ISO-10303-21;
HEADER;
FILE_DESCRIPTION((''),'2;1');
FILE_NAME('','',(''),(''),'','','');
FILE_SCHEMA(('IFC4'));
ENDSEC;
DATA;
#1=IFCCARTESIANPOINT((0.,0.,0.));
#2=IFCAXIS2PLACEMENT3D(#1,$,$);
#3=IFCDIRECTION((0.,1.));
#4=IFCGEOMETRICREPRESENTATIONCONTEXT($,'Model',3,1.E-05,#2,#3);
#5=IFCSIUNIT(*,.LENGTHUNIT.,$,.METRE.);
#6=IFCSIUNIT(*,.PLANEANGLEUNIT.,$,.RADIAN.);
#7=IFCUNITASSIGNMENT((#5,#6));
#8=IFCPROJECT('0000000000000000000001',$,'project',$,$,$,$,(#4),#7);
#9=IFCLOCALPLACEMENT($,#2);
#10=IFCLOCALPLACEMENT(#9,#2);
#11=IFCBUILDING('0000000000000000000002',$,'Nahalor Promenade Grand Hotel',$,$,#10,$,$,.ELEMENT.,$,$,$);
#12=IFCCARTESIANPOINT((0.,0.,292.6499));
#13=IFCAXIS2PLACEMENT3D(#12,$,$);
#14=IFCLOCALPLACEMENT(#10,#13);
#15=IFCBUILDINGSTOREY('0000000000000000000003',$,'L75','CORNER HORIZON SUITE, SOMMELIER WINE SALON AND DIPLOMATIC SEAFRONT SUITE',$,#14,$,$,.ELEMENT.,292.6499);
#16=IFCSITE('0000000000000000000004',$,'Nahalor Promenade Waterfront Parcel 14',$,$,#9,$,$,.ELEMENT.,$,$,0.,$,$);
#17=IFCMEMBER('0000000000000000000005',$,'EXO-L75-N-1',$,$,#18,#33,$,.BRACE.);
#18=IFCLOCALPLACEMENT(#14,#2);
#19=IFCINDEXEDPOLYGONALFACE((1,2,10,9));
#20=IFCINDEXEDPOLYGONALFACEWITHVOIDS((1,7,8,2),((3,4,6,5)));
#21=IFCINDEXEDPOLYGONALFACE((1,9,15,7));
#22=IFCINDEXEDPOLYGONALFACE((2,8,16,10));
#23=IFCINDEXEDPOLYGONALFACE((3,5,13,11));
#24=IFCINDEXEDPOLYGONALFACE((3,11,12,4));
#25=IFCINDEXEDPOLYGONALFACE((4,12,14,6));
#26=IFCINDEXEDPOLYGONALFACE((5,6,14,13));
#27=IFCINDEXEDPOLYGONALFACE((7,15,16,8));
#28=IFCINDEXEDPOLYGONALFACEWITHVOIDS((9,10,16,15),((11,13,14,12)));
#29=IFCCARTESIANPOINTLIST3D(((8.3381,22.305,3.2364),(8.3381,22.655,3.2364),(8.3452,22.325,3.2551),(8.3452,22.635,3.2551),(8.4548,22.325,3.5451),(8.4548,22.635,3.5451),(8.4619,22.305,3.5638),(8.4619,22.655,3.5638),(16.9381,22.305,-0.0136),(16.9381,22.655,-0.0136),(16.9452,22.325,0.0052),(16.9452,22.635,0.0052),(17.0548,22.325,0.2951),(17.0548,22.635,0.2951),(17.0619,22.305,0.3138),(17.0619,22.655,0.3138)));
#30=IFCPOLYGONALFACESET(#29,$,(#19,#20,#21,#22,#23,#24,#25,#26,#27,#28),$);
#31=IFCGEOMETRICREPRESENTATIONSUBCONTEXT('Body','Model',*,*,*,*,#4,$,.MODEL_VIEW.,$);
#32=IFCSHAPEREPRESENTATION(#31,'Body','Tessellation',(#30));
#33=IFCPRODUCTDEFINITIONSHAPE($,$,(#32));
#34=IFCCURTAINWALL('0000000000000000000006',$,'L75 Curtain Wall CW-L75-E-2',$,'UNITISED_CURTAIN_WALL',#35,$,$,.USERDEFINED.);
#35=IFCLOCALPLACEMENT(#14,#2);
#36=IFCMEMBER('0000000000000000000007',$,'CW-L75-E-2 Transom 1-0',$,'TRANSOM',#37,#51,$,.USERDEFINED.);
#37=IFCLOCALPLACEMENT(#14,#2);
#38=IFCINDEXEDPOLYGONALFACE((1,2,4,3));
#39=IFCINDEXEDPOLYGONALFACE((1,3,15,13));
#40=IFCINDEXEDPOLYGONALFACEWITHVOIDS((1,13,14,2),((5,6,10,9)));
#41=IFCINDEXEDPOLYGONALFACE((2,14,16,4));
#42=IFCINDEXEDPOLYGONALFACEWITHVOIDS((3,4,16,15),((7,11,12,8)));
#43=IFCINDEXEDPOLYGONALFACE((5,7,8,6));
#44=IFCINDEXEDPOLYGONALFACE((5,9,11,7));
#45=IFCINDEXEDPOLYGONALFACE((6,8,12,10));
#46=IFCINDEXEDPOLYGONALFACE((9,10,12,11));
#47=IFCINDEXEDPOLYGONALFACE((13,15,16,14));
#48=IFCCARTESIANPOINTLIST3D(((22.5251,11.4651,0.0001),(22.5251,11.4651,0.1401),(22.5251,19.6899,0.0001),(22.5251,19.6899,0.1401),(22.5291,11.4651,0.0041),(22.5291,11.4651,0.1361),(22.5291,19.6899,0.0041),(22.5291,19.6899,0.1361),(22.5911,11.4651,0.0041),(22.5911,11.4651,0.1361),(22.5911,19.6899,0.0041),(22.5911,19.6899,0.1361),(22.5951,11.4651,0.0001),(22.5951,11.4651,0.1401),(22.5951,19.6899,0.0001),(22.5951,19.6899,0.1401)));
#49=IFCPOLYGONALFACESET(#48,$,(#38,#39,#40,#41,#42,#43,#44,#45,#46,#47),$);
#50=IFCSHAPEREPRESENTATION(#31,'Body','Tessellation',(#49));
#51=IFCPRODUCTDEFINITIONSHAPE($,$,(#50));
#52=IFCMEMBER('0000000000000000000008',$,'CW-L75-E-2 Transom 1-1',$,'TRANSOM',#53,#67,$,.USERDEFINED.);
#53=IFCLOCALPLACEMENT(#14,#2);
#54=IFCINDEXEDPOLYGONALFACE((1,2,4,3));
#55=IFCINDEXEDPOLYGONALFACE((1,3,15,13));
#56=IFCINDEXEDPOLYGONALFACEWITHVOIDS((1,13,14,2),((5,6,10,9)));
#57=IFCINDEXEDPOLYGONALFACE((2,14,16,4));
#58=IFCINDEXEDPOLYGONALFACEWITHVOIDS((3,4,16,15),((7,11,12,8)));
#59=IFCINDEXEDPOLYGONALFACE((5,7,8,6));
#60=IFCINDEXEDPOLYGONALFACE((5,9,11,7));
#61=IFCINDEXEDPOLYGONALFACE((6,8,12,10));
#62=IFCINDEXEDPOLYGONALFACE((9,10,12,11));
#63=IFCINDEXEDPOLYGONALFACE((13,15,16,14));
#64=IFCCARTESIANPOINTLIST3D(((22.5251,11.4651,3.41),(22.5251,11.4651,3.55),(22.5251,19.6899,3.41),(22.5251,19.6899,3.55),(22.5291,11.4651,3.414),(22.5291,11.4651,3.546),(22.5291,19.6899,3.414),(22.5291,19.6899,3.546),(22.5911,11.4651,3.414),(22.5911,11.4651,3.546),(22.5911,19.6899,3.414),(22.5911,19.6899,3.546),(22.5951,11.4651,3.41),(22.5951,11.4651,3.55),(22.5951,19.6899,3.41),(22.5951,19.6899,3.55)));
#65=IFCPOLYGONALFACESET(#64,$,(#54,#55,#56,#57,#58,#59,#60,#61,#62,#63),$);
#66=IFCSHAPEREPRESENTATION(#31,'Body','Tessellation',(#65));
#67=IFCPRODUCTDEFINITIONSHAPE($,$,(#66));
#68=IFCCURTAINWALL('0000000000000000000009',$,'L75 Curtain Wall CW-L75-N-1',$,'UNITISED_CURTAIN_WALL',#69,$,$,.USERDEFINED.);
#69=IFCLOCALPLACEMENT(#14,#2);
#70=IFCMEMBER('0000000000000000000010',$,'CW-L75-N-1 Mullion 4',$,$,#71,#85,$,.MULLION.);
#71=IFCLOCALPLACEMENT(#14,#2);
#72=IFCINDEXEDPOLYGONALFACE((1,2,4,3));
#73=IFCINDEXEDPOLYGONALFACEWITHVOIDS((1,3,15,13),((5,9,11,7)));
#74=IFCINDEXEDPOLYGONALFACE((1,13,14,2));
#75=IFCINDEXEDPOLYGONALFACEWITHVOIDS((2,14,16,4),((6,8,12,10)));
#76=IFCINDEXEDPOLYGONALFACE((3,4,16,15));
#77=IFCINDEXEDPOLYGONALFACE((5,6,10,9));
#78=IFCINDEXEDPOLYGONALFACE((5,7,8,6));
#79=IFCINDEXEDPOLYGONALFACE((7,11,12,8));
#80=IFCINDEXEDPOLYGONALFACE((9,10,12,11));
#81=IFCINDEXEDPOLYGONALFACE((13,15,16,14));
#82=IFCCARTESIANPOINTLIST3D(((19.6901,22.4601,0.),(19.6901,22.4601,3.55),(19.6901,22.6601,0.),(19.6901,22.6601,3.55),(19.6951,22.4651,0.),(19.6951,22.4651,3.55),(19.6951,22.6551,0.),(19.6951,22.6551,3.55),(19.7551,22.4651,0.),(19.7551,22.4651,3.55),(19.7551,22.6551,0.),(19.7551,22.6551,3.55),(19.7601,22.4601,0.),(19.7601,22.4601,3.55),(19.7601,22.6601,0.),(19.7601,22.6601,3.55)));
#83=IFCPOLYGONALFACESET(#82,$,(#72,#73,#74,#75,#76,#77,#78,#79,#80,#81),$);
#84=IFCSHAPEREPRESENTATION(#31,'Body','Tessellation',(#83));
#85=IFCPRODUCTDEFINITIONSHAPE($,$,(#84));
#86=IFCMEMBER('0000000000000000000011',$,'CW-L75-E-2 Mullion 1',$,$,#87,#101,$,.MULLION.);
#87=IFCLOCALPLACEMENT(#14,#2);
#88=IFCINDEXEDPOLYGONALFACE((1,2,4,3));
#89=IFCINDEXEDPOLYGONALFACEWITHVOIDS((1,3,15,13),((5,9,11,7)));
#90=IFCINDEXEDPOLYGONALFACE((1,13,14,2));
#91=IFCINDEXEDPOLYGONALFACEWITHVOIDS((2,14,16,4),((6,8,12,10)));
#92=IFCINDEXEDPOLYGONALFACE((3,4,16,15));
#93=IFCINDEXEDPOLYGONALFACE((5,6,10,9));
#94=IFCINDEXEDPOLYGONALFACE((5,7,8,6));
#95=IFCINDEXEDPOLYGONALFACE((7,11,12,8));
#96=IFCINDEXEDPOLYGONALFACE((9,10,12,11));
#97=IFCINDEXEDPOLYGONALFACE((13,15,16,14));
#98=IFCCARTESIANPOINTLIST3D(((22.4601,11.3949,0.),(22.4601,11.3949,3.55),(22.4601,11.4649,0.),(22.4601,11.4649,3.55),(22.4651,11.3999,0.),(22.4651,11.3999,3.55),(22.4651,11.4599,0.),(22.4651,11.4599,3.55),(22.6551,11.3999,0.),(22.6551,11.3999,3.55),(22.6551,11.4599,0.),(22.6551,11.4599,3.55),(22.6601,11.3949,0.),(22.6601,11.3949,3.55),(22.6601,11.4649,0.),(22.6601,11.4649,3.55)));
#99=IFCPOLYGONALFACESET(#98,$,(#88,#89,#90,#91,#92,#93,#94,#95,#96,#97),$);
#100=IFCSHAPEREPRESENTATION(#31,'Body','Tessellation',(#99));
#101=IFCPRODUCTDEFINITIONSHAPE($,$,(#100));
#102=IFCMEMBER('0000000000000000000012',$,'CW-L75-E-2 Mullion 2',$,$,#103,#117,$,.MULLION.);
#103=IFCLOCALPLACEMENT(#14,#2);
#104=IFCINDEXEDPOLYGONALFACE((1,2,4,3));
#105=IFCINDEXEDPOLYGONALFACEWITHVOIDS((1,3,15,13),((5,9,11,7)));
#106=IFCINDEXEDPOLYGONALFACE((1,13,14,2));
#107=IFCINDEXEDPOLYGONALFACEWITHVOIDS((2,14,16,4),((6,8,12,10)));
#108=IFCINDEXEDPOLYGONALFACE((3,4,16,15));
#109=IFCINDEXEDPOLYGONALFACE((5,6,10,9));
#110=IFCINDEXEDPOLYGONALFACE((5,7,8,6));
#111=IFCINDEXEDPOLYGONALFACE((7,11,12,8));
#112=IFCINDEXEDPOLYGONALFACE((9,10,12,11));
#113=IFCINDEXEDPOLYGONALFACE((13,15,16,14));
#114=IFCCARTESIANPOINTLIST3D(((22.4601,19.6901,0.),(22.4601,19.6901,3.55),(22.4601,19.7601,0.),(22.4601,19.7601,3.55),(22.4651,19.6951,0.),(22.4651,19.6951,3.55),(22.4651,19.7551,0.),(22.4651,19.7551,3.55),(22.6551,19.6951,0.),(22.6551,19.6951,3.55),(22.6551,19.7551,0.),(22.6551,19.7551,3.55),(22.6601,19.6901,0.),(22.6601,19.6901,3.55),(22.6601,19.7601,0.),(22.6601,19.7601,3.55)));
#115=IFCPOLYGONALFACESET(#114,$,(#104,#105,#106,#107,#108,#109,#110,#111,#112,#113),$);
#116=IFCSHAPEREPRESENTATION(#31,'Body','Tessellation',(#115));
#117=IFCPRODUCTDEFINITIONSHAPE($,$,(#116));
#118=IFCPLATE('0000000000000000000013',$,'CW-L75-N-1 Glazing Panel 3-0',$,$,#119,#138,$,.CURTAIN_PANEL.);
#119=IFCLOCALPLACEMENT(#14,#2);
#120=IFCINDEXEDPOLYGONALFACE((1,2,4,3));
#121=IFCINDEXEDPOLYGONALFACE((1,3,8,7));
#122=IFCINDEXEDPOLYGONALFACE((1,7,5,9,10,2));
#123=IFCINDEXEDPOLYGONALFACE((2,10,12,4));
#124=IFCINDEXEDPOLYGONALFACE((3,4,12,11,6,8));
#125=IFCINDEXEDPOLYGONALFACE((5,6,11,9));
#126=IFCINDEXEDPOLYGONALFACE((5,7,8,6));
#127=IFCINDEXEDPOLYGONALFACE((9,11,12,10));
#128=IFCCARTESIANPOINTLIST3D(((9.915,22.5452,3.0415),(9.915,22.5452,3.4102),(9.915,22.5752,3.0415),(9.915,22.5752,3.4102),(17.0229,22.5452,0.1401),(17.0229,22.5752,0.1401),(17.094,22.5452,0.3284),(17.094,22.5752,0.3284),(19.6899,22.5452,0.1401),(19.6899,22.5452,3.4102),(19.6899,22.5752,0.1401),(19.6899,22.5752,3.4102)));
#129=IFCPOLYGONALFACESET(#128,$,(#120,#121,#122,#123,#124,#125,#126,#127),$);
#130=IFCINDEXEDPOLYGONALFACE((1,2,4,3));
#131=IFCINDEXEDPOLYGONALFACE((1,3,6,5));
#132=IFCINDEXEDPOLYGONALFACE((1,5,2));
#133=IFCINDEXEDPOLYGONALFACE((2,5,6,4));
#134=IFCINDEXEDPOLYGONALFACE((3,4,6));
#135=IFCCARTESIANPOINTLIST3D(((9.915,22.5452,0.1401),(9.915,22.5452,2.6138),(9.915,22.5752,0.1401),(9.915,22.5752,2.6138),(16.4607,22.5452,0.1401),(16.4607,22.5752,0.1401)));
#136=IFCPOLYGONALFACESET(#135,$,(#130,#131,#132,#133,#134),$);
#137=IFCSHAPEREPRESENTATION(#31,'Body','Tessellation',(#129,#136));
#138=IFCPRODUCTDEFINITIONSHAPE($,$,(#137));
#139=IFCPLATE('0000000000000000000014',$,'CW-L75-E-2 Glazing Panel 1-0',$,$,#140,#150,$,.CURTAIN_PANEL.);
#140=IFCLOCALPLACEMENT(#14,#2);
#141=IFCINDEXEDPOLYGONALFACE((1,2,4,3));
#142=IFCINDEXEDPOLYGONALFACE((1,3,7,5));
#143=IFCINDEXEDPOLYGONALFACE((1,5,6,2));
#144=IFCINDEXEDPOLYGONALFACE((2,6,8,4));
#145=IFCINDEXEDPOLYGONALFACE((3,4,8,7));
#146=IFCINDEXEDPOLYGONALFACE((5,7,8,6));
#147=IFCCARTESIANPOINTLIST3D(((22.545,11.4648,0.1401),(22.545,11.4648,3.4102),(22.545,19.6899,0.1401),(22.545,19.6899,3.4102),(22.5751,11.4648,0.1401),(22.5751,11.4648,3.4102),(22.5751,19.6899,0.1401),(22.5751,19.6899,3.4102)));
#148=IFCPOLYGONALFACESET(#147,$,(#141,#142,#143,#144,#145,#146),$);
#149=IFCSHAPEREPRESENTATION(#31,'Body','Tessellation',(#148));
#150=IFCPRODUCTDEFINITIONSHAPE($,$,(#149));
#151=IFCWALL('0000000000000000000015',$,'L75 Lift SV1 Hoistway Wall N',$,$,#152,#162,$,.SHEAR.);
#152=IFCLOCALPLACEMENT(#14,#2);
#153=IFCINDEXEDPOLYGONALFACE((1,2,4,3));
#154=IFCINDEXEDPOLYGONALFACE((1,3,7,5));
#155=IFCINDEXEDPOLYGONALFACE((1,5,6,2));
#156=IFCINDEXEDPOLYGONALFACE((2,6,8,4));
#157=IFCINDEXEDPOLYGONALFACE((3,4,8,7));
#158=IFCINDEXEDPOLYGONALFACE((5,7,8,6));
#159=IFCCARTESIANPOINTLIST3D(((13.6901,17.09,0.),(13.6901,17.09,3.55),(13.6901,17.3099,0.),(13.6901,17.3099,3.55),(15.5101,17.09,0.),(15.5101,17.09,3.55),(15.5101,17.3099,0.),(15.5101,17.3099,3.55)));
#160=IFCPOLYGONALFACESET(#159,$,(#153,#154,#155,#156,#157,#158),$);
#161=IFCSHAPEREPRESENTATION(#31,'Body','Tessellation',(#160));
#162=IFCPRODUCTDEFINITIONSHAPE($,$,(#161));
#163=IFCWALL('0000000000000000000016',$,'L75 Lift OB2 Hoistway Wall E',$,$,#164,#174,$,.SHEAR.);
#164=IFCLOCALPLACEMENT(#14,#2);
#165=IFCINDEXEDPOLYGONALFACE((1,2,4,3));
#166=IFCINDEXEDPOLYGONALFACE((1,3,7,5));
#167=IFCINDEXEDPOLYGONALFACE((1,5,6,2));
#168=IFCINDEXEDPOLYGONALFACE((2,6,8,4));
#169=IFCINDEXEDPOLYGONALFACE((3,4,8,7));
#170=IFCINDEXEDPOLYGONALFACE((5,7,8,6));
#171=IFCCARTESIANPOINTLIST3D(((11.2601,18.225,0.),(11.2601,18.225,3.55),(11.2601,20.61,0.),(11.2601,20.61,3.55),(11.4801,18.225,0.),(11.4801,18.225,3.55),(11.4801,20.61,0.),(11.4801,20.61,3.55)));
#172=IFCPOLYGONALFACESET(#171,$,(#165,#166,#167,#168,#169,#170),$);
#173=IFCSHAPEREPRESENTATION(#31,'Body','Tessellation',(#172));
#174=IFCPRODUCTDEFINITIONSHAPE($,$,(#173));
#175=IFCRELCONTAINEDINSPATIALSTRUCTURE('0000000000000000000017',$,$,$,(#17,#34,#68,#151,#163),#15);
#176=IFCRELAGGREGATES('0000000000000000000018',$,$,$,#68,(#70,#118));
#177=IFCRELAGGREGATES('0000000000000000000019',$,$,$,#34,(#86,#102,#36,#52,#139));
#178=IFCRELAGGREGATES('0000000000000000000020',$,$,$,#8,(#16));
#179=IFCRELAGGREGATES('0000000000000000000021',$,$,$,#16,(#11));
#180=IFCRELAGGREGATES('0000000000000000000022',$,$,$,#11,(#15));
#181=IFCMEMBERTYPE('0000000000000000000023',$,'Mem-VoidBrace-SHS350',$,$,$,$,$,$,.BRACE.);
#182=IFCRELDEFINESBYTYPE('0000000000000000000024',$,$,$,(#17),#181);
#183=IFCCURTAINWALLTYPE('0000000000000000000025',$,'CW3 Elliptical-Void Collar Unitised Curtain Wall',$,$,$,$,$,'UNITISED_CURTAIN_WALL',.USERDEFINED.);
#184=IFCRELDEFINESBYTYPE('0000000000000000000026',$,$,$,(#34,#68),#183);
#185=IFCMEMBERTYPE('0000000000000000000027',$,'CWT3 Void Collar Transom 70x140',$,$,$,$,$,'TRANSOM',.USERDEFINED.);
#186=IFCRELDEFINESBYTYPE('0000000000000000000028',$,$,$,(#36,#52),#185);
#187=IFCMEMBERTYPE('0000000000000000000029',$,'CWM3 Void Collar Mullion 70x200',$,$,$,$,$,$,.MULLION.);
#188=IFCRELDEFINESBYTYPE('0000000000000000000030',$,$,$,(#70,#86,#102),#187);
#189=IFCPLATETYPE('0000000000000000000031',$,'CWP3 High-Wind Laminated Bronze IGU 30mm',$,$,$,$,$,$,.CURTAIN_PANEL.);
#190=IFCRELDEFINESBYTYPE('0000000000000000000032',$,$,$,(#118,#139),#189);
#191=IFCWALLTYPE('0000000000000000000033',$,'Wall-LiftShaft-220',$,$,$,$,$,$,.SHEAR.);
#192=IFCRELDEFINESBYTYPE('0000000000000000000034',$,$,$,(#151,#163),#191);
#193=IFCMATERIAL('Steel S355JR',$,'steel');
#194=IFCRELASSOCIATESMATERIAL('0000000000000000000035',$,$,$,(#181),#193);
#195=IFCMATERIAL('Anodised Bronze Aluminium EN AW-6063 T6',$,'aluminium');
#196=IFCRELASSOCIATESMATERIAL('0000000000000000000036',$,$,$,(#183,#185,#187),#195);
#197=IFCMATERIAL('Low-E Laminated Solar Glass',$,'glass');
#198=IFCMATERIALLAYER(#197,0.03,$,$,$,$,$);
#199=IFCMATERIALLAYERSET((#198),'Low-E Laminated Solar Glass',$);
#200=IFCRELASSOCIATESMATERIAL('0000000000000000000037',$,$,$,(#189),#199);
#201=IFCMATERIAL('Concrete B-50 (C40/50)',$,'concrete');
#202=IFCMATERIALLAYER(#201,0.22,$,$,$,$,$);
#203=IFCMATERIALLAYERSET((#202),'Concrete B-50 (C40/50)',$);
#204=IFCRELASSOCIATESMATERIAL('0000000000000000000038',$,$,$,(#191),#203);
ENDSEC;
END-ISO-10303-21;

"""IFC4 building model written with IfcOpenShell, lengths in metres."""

from ifc_helpers import new_model, si_unit, direction, frame, frame_2d, origin, origin_2d, place, context, subcontext, project, spatial, polyline, rectangle, hollow_rectangle, outline, extrude, source, transform, mapped, material, layer, layer_set, material_profile, profile_set, type_object, element, aggregate, save


model = new_model("IFC4")

# Units and contexts
model_context = context("Model", 3, precision=1e-05, world=origin(), true_north=direction((0.0, 1.0)))
body_context = subcontext(model_context, "Body", "Model", "MODEL_VIEW")
ifc_project = project(units=[si_unit("LENGTHUNIT", "METRE"), si_unit("PLANEANGLEUNIT", "RADIAN")], contexts=[model_context])

# Site, building, storey
site_placement = place(None, origin())
site = spatial("IfcSite", under=ifc_project, at=site_placement, Name="Nahalor Promenade Waterfront Parcel 14", CompositionType="ELEMENT", RefElevation=0.0)
building_placement = place(site_placement, origin())
building = spatial("IfcBuilding", under=site, at=building_placement, Name="Nahalor Promenade Grand Hotel", CompositionType="ELEMENT")
storey_placement = place(building_placement, frame((0.0, 0.0, 292.6499)))
storey = spatial("IfcBuildingStorey", under=building, at=storey_placement, Name="L75", Description="CORNER HORIZON SUITE, SOMMELIER WINE SALON AND DIPLOMATIC SEAFRONT SUITE", CompositionType="ELEMENT", Elevation=292.6499)

# Shared definitions
ifc_material_1 = material(Name="Concrete B-50 (C40/50)", Category="concrete")
ifc_material_2 = material(Name="Steel S355JR", Category="steel")

# Member
ifc_material_profile_1 = material_profile(ifc_material_2, hollow_rectangle(XDim=0.35, YDim=0.35, WallThickness=0.02, at=origin_2d()), Name="SHS 350x350x20")
ifc_profile_set_1 = profile_set([ifc_material_profile_1], Name="Steel S355JR")
member_type_1 = type_object("IfcMemberType", Name="Mem-VoidBrace-SHS350", PredefinedType="BRACE", material=ifc_profile_set_1)
shared_shape_1 = source(origin(), body_context, "Body", "SweptSolid", [
    extrude(hollow_rectangle(XDim=0.35, YDim=0.35, WallThickness=0.02, at=origin_2d()), origin(), (0.0, 0.0, 1.0), 9.1936),
])
member_1_placement = place(storey_placement, frame((17.0, 22.48, 0.1501), z_axis=(-0.935433, 0.0, 0.353503), x_axis=(0.0, -1.0, 0.0)))
element("IfcMember", 1, at=member_1_placement, inside=storey, type_object=member_type_1, Name="EXO-L75-N-1", PredefinedType="BRACE", context=body_context, shape_type="MappedRepresentation", body=[
    mapped(shared_shape_1, transform((0.0, 0.0, 0.0), scale=1.0)),
])

# Curtain wall, members
ifc_material_3 = material(Name="Anodised Bronze Aluminium EN AW-6063 T6", Category="aluminium")
curtain_wall_type = type_object("IfcCurtainWallType", Name="CW3 Elliptical-Void Collar Unitised Curtain Wall", ElementType="UNITISED_CURTAIN_WALL", PredefinedType="USERDEFINED", material=ifc_material_3)
curtain_wall_1_placement = place(storey_placement, origin())
curtain_wall_1 = element("IfcCurtainWall", 2, at=curtain_wall_1_placement, inside=storey, type_object=curtain_wall_type, Name="L75 Curtain Wall CW-L75-E-2", ObjectType="UNITISED_CURTAIN_WALL", PredefinedType="USERDEFINED")
ifc_material_profile_2 = material_profile(ifc_material_3, hollow_rectangle(XDim=0.07, YDim=0.14, WallThickness=0.004, at=origin_2d()), Name="CWT 70x140x4")
ifc_profile_set_2 = profile_set([ifc_material_profile_2], Name="Anodised Bronze Aluminium EN AW-6063 T6")
member_type_2 = type_object("IfcMemberType", Name="CWT3 Void Collar Transom 70x140", ElementType="TRANSOM", PredefinedType="USERDEFINED", material=ifc_profile_set_2)
shared_shape_2 = source(origin(), body_context, "Body", "SweptSolid", [
    extrude(hollow_rectangle(XDim=0.07, YDim=0.14, WallThickness=0.004, at=origin_2d()), origin(), (0.0, 0.0, 1.0), 8.2249),
])
member_2_placement = place(storey_placement, frame((22.5601, 11.4651, 0.0701), z_axis=(0.0, 1.0, 0.0), x_axis=(-1.0, 0.0, 0.0)))
member_2 = element("IfcMember", 3, at=member_2_placement, type_object=member_type_2, Name="CW-L75-E-2 Transom 1-0", ObjectType="TRANSOM", PredefinedType="USERDEFINED", context=body_context, shape_type="MappedRepresentation", body=[
    mapped(shared_shape_2, transform((0.0, 0.0, 0.0), scale=1.0)),
])
member_3_placement = place(storey_placement, frame((22.5601, 11.4651, 3.48), z_axis=(0.0, 1.0, 0.0), x_axis=(-1.0, 0.0, 0.0)))
member_3 = element("IfcMember", 4, at=member_3_placement, type_object=member_type_2, Name="CW-L75-E-2 Transom 1-1", ObjectType="TRANSOM", PredefinedType="USERDEFINED", context=body_context, shape_type="MappedRepresentation", body=[
    mapped(shared_shape_2, transform((0.0, 0.0, 0.0), scale=1.0)),
])

# Curtain wall, member
curtain_wall_2_placement = place(storey_placement, origin())
curtain_wall_2 = element("IfcCurtainWall", 5, at=curtain_wall_2_placement, inside=storey, type_object=curtain_wall_type, Name="L75 Curtain Wall CW-L75-N-1", ObjectType="UNITISED_CURTAIN_WALL", PredefinedType="USERDEFINED")
ifc_material_profile_3 = material_profile(ifc_material_3, hollow_rectangle(XDim=0.07, YDim=0.2, WallThickness=0.005, at=origin_2d()), Name="CWM 70x200x5")
ifc_profile_set_3 = profile_set([ifc_material_profile_3], Name="Anodised Bronze Aluminium EN AW-6063 T6")
member_type_3 = type_object("IfcMemberType", Name="CWM3 Void Collar Mullion 70x200", PredefinedType="MULLION", material=ifc_profile_set_3)
shared_shape_3 = source(origin(), body_context, "Body", "SweptSolid", [
    extrude(hollow_rectangle(XDim=0.07, YDim=0.2, WallThickness=0.005, at=origin_2d()), origin(), (0.0, 0.0, 1.0), 3.55),
])
member_4_placement = place(storey_placement, frame((19.7251, 22.5601, 0.0), z_axis=(0.0, 0.0, 1.0), x_axis=(1.0, 0.0, 0.0)))
member_4 = element("IfcMember", 6, at=member_4_placement, type_object=member_type_3, Name="CW-L75-N-1 Mullion 4", PredefinedType="MULLION", context=body_context, shape_type="MappedRepresentation", body=[
    mapped(shared_shape_3, transform((0.0, 0.0, 0.0), scale=1.0)),
])

# Members
member_5_placement = place(storey_placement, frame((22.5601, 11.4299, 0.0), z_axis=(0.0, 0.0, 1.0), x_axis=(0.0, 1.0, 0.0)))
member_5 = element("IfcMember", 7, at=member_5_placement, type_object=member_type_3, Name="CW-L75-E-2 Mullion 1", PredefinedType="MULLION", context=body_context, shape_type="MappedRepresentation", body=[
    mapped(shared_shape_3, transform((0.0, 0.0, 0.0), scale=1.0)),
])
member_6_placement = place(storey_placement, frame((22.5601, 19.7251, 0.0), z_axis=(0.0, 0.0, 1.0), x_axis=(0.0, 1.0, 0.0)))
member_6 = element("IfcMember", 8, at=member_6_placement, type_object=member_type_3, Name="CW-L75-E-2 Mullion 2", PredefinedType="MULLION", context=body_context, shape_type="MappedRepresentation", body=[
    mapped(shared_shape_3, transform((0.0, 0.0, 0.0), scale=1.0)),
])

# Plates
ifc_material_4 = material(Name="Low-E Laminated Solar Glass", Category="glass")
ifc_layer_1 = layer(ifc_material_4, 0.03)
ifc_layer_set_1 = layer_set([ifc_layer_1], Name="Low-E Laminated Solar Glass")
plate_type = type_object("IfcPlateType", Name="CWP3 High-Wind Laminated Bronze IGU 30mm", PredefinedType="CURTAIN_PANEL", material=ifc_layer_set_1)
plate_1_placement = place(storey_placement, frame((14.8025, 22.5601, 0.1401), z_axis=(0.0, 0.0, 1.0), x_axis=(1.0, 0.0, 0.0)))
plate_1 = element("IfcPlate", 9, at=plate_1_placement, type_object=plate_type, Name="CW-L75-N-1 Glazing Panel 3-0", PredefinedType="CURTAIN_PANEL", context=body_context, shape_type="SweptSolid", body=[
    extrude(outline(polyline([(4.8875, 3.27), (-4.8875, 3.27), (-4.8875, 2.9014), (2.2915, 0.1882), (2.2205, 0.0), (4.8875, 0.0), (4.8875, 3.27)])), frame((0.0, 0.0151, 0.0), z_axis=(0.0, -1.0, 0.0), x_axis=(1.0, 0.0, 0.0)), (0.0, 0.0, 1.0), 0.03),
    extrude(outline(polyline([(-4.8875, 2.4736), (-4.8875, 0.0), (1.6582, 0.0), (-4.8875, 2.4736)])), frame((0.0, 0.0151, 0.0), z_axis=(0.0, -1.0, 0.0), x_axis=(1.0, 0.0, 0.0)), (0.0, 0.0, 1.0), 0.03),
])
aggregate(curtain_wall_2, [member_4, plate_1])
shared_shape_4 = source(origin(), body_context, "Body", "SweptSolid", [
    extrude(rectangle(XDim=8.2251, YDim=0.03, at=origin_2d()), origin(), (0.0, 0.0, 1.0), 3.27),
])
plate_2_placement = place(storey_placement, frame((22.5601, 15.5774, 0.1401), z_axis=(0.0, 0.0, 1.0), x_axis=(0.0, 1.0, 0.0)))
plate_2 = element("IfcPlate", 10, at=plate_2_placement, type_object=plate_type, Name="CW-L75-E-2 Glazing Panel 1-0", PredefinedType="CURTAIN_PANEL", context=body_context, shape_type="MappedRepresentation", body=[
    mapped(shared_shape_4, transform((0.0, 0.0, 0.0), scale=1.0)),
])
aggregate(curtain_wall_1, [member_5, member_6, member_2, member_3, plate_2])

# Walls
ifc_layer_2 = layer(ifc_material_1, 0.22)
ifc_layer_set_2 = layer_set([ifc_layer_2], Name="Concrete B-50 (C40/50)")
wall_type_1 = type_object("IfcWallType", Name="Wall-LiftShaft-220", PredefinedType="SHEAR", material=ifc_layer_set_2)
shared_shape_5 = source(origin(), body_context, "Body", "SweptSolid", [
    extrude(rectangle(XDim=1.8201, YDim=0.22, at=frame_2d((0.9102, 0.0))), origin(), (0.0, 0.0, 1.0), 3.55),
])
wall_1_placement = place(storey_placement, frame((13.6899, 17.2, 0.0), z_axis=(0.0, 0.0, 1.0), x_axis=(1.0, 0.0, 0.0)))
element("IfcWall", 11, at=wall_1_placement, inside=storey, type_object=wall_type_1, Name="L75 Lift SV1 Hoistway Wall N", PredefinedType="SHEAR", context=body_context, shape_type="MappedRepresentation", body=[
    mapped(shared_shape_5, transform((0.0, 0.0, 0.0), scale=1.0)),
])
shared_shape_6 = source(origin(), body_context, "Body", "SweptSolid", [
    extrude(rectangle(XDim=2.385, YDim=0.22, at=frame_2d((1.1924, 0.0))), origin(), (0.0, 0.0, 1.0), 3.55),
])
wall_2_placement = place(storey_placement, frame((11.3701, 18.2251, 0.0), z_axis=(0.0, 0.0, 1.0), x_axis=(0.0, 1.0, 0.0)))
element("IfcWall", 12, at=wall_2_placement, inside=storey, type_object=wall_type_1, Name="L75 Lift OB2 Hoistway Wall E", PredefinedType="SHEAR", context=body_context, shape_type="MappedRepresentation", body=[
    mapped(shared_shape_6, transform((0.0, 0.0, 0.0), scale=1.0)),
])

save(model, "model.ifc")
